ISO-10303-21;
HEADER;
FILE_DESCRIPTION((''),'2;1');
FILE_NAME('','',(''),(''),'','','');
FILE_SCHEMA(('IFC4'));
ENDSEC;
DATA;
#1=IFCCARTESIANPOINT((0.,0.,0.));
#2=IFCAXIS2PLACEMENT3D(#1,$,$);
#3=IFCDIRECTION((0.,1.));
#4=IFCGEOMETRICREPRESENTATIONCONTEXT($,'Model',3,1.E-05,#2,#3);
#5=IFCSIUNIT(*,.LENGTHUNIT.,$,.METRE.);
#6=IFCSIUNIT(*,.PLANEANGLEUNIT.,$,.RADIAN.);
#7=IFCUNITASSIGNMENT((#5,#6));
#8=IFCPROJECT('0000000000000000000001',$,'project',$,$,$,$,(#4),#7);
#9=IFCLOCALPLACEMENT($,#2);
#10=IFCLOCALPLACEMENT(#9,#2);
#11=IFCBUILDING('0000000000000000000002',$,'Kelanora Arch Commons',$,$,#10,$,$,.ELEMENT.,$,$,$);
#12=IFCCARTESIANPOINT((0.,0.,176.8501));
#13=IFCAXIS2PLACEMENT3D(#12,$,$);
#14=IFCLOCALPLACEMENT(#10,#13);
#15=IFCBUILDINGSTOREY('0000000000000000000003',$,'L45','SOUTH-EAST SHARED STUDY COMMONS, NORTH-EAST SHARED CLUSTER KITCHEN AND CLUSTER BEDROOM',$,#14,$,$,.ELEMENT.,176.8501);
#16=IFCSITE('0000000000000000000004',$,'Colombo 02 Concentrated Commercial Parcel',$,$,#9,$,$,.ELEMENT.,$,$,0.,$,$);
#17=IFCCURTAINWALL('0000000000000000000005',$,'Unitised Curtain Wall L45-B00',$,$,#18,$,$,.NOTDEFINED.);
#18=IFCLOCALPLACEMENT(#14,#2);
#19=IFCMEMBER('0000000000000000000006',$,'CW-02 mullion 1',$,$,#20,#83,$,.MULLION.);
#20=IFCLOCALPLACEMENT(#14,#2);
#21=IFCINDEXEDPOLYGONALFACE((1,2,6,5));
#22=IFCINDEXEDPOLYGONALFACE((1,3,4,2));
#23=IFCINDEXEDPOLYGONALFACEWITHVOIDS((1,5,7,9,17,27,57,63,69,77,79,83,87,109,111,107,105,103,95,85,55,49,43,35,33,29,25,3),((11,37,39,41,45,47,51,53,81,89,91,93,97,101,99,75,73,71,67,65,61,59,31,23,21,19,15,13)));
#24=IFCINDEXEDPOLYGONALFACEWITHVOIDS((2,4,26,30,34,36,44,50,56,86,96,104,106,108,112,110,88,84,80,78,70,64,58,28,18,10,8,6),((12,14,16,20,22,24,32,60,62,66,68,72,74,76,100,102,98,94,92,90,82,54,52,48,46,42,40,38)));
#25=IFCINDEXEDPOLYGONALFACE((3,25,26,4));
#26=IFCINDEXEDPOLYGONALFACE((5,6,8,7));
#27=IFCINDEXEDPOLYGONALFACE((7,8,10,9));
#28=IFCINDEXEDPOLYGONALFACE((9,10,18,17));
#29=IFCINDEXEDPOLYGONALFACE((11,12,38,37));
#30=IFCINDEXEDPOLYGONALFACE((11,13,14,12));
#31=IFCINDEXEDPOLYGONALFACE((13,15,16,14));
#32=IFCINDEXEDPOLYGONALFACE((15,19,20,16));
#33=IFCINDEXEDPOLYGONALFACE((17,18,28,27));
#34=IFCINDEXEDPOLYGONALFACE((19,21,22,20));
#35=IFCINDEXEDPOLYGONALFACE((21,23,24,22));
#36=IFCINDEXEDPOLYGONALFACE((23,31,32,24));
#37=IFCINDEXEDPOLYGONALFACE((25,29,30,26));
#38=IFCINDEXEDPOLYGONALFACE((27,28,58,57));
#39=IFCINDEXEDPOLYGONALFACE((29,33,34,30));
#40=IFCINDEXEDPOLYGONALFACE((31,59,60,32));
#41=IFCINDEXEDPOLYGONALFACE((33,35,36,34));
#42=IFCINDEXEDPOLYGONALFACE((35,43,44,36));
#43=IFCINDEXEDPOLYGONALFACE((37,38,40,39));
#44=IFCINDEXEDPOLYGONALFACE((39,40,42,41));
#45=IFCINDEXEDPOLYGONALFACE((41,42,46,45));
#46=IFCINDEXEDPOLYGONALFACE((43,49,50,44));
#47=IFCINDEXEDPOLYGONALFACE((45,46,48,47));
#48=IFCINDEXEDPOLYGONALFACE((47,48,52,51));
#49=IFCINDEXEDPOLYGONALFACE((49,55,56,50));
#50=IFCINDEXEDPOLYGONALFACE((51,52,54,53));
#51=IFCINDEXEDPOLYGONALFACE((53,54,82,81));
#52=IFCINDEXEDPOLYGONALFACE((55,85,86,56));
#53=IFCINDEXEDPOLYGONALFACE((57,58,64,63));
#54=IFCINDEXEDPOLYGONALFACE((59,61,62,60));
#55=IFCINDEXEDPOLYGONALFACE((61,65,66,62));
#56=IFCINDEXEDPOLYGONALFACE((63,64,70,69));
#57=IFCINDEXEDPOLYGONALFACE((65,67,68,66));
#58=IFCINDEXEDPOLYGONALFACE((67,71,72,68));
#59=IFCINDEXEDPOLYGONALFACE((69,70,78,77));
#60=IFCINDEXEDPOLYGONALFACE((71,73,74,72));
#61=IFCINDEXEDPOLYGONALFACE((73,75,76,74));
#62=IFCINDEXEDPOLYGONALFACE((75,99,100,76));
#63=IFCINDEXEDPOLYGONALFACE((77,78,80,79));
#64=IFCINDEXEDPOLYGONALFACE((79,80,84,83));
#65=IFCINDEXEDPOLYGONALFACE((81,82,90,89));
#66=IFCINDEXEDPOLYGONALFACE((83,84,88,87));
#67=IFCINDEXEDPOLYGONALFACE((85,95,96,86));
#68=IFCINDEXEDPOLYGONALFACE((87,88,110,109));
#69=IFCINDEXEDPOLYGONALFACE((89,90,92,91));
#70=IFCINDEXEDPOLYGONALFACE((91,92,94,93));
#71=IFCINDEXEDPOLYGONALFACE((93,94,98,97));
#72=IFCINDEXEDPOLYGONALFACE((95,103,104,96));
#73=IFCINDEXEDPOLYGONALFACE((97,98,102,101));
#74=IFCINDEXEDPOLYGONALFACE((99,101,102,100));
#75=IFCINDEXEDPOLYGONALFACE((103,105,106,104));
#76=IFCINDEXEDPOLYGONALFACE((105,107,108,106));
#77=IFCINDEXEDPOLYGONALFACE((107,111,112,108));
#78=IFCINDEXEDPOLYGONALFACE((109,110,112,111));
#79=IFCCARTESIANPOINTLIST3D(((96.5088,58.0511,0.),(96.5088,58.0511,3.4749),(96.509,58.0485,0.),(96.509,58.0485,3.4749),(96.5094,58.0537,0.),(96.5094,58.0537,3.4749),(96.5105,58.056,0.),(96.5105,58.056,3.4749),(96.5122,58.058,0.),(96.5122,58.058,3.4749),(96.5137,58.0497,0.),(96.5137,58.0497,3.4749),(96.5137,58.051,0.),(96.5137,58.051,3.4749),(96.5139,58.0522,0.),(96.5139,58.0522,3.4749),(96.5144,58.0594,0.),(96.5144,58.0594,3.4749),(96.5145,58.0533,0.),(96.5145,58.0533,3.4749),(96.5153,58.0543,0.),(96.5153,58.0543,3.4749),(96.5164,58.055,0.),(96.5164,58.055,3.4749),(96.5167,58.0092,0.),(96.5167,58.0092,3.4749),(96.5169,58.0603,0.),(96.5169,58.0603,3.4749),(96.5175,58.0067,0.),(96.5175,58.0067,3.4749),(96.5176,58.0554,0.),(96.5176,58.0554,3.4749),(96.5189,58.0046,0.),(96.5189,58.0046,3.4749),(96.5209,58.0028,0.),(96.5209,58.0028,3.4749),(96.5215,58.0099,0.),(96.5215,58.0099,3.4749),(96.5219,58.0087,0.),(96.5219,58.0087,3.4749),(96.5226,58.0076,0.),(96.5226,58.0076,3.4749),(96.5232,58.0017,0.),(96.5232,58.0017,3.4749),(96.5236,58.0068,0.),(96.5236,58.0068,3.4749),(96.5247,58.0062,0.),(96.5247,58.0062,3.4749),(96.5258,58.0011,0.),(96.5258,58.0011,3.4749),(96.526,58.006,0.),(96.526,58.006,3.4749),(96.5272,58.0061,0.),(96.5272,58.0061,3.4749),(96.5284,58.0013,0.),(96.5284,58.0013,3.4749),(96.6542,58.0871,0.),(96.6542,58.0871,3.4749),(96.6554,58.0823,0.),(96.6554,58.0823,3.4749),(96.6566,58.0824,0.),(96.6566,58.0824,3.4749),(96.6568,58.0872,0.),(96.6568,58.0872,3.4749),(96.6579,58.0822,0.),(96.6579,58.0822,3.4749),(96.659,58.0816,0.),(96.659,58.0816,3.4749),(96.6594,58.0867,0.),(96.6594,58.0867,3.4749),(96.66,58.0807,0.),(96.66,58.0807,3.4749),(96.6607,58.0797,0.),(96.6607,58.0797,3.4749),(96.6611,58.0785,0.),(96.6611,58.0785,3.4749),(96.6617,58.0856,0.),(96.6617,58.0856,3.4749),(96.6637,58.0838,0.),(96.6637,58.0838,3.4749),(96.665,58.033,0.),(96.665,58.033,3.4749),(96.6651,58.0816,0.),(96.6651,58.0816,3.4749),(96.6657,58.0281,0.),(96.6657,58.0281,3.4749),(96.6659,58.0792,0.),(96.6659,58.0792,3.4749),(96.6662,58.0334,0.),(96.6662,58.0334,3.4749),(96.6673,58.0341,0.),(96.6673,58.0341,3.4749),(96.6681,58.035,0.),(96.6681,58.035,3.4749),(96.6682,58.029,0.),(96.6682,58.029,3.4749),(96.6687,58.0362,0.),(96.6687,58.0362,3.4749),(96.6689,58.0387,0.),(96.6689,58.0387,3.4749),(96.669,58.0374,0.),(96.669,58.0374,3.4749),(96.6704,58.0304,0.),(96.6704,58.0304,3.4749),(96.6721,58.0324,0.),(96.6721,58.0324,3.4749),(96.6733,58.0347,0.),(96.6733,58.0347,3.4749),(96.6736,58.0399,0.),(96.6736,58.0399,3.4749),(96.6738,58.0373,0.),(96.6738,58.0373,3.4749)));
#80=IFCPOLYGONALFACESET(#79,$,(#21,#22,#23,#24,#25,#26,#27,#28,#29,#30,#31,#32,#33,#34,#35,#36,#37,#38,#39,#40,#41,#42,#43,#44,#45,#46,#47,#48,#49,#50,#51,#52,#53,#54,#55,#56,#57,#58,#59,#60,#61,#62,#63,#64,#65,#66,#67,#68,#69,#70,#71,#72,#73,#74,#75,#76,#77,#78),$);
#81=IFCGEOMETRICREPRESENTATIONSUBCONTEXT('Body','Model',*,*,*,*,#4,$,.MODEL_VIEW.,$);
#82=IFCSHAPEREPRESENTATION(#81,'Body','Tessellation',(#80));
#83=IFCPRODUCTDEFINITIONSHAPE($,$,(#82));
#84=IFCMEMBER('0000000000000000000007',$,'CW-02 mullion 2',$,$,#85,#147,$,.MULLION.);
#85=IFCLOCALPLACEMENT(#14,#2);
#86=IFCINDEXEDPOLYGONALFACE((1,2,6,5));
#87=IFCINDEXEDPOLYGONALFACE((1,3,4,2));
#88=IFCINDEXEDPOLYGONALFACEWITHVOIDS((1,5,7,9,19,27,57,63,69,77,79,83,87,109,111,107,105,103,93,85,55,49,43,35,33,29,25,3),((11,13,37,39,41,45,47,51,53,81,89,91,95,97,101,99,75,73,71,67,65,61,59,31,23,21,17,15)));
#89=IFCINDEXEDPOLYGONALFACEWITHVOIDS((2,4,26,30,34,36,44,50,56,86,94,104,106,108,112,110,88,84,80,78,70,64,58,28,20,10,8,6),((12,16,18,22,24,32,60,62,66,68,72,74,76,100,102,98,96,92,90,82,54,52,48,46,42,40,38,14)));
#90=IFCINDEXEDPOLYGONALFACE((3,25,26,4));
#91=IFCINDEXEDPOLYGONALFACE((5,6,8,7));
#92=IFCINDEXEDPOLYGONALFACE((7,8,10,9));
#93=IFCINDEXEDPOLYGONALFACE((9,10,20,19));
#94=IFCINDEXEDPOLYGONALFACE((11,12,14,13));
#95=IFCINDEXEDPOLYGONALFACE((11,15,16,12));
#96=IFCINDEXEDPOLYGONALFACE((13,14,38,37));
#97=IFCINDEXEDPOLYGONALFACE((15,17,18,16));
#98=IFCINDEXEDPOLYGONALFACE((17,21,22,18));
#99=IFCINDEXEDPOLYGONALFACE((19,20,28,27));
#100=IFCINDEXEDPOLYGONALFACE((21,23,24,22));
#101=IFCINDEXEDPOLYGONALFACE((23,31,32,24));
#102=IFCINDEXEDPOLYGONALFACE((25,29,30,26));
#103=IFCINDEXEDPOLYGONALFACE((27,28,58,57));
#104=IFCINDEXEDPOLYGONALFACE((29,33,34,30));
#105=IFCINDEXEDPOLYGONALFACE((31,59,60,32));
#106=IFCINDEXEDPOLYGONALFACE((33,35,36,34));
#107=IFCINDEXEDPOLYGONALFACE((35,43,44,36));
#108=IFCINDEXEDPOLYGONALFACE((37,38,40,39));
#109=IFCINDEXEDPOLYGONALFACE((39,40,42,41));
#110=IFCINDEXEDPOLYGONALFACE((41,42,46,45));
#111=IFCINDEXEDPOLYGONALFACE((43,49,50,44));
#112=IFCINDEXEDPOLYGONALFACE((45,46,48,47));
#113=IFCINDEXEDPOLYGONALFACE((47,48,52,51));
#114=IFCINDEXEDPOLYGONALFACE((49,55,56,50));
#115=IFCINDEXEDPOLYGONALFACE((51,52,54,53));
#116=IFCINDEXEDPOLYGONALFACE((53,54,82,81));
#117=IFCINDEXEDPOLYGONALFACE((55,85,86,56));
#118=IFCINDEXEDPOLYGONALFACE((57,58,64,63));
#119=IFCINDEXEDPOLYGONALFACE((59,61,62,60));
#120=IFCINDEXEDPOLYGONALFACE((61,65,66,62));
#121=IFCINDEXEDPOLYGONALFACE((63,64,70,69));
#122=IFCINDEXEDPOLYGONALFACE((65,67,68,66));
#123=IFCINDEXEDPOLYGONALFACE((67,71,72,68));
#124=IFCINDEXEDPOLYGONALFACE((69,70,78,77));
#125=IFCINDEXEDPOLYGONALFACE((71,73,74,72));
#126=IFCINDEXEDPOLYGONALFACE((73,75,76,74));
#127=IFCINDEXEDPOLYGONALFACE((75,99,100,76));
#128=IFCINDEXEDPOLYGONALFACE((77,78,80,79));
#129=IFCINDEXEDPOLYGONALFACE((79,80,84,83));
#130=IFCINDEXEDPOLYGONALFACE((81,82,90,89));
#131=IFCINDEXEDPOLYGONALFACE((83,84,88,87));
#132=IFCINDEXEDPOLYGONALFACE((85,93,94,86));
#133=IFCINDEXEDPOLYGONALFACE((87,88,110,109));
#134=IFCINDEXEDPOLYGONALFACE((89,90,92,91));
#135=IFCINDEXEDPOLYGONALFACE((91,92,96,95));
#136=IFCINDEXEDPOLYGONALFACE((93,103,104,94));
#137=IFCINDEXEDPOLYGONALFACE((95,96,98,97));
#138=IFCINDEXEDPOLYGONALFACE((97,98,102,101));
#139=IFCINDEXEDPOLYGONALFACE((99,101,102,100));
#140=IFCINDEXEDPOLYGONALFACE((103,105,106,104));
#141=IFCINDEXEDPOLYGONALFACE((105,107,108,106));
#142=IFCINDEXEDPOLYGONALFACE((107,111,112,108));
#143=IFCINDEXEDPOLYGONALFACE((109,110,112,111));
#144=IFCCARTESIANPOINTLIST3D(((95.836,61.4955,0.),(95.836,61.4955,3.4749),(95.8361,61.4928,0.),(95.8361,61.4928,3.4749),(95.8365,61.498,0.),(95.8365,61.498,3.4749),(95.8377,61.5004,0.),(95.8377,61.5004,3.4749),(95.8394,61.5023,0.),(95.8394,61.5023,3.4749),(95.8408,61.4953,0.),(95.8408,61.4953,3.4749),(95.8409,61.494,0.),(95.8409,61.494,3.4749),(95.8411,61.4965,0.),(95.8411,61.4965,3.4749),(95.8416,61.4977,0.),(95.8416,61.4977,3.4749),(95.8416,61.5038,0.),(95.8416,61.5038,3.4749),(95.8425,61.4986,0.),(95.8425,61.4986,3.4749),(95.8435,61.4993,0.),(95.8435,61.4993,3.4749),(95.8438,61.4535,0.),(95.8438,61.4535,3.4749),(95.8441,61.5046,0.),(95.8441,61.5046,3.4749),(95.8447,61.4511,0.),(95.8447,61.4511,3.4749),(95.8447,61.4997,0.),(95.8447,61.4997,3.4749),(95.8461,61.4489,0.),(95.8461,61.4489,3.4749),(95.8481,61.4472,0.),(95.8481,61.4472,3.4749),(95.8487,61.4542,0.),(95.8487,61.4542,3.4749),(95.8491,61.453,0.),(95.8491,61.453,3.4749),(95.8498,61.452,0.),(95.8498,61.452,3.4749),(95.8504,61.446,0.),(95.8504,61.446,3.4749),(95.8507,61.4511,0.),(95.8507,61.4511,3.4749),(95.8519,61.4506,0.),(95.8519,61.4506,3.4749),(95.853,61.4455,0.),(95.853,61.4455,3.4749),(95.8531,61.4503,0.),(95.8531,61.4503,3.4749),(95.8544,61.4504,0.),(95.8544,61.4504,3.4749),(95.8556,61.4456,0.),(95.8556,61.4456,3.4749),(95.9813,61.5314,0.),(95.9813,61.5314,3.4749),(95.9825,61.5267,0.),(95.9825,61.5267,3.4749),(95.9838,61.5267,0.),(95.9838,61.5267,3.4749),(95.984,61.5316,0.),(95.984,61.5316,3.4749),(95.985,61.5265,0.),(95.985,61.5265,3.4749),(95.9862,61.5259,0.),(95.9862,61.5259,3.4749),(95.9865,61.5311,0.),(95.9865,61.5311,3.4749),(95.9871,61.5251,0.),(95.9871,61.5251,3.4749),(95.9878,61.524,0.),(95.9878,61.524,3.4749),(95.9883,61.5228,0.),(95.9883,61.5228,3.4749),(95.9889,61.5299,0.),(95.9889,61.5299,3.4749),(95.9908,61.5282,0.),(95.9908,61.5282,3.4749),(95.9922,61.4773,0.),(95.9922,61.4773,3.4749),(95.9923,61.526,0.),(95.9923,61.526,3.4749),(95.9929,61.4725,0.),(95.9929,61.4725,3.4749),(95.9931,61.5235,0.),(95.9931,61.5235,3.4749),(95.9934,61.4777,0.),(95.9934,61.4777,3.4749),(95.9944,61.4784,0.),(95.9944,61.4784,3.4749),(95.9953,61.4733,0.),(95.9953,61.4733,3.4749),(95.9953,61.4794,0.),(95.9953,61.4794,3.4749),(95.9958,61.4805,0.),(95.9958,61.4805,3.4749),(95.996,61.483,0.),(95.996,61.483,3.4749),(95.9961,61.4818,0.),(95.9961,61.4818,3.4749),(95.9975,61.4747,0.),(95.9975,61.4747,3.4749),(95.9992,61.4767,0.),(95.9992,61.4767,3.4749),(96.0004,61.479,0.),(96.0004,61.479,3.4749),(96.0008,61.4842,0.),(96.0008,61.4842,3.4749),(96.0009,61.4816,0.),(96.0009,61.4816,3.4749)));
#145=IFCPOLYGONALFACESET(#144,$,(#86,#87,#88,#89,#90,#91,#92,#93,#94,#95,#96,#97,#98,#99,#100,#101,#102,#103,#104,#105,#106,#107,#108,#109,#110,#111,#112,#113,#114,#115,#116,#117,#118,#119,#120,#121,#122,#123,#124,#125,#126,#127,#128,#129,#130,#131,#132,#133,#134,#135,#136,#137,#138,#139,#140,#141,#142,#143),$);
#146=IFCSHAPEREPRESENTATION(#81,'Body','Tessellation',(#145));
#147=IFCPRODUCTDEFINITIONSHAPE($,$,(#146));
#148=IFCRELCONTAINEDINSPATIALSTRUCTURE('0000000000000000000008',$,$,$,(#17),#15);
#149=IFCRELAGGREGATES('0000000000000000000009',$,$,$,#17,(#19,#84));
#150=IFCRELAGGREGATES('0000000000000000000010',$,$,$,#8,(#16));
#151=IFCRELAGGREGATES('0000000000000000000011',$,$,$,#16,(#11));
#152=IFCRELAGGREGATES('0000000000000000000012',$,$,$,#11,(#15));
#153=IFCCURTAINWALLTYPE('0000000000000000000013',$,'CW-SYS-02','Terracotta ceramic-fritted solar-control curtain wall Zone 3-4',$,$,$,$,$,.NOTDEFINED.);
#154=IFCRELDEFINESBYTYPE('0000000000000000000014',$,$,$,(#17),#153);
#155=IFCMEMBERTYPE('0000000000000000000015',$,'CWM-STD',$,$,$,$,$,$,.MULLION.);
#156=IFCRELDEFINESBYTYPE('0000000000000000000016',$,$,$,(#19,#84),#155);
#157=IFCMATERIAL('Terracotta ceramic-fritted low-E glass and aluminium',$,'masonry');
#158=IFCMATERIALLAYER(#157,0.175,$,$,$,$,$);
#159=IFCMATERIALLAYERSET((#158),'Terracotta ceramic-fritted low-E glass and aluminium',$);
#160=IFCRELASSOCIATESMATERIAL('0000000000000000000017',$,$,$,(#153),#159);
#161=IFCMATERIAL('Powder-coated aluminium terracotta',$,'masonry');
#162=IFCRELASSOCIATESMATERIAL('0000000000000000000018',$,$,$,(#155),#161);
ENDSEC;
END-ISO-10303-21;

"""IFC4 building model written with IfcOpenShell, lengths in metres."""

from ifc_helpers import new_model, si_unit, direction, frame, origin, origin_2d, place, context, subcontext, project, spatial, hollow_rectangle, extrude, material, layer, layer_set, material_profile, profile_set, type_object, element, aggregate, save


model = new_model("IFC4")

# Units and contexts
model_context = context("Model", 3, precision=1e-05, world=origin(), true_north=direction((0.0, 1.0)))
body_context = subcontext(model_context, "Body", "Model", "MODEL_VIEW")
ifc_project = project(units=[si_unit("LENGTHUNIT", "METRE"), si_unit("PLANEANGLEUNIT", "RADIAN")], contexts=[model_context])

# Site, building, storey
site_placement = place(None, origin())
site = spatial("IfcSite", under=ifc_project, at=site_placement, Name="Colombo 02 Concentrated Commercial Parcel", CompositionType="ELEMENT", RefElevation=0.0)
building_placement = place(site_placement, origin())
building = spatial("IfcBuilding", under=site, at=building_placement, Name="Kelanora Arch Commons", CompositionType="ELEMENT")
storey_placement = place(building_placement, frame((0.0, 0.0, 176.8501)))
storey = spatial("IfcBuildingStorey", under=building, at=storey_placement, Name="L45", Description="SOUTH-EAST SHARED STUDY COMMONS, NORTH-EAST SHARED CLUSTER KITCHEN AND CLUSTER BEDROOM", CompositionType="ELEMENT", Elevation=176.8501)

# Curtain wall, members
ifc_material_1 = material(Name="Terracotta ceramic-fritted low-E glass and aluminium", Category="masonry")
ifc_layer_1 = layer(ifc_material_1, 0.175)
ifc_layer_set_1 = layer_set([ifc_layer_1], Name="Terracotta ceramic-fritted low-E glass and aluminium")
curtain_wall_type = type_object("IfcCurtainWallType", Name="CW-SYS-02", Description="Terracotta ceramic-fritted solar-control curtain wall Zone 3-4", PredefinedType="NOTDEFINED", material=ifc_layer_set_1)
curtain_wall_placement = place(storey_placement, origin())
curtain_wall = element("IfcCurtainWall", 1, at=curtain_wall_placement, inside=storey, type_object=curtain_wall_type, Name="Unitised Curtain Wall L45-B00", PredefinedType="NOTDEFINED")
ifc_material_2 = material(Name="Powder-coated aluminium terracotta", Category="masonry")
ifc_material_profile_1 = material_profile(ifc_material_2, hollow_rectangle(XDim=0.1599, YDim=0.0601, WallThickness=0.0049, InnerFilletRadius=0.0049, OuterFilletRadius=0.01, at=origin_2d()), Name="CWM160x60")
ifc_profile_set_1 = profile_set([ifc_material_profile_1], Name="Powder-coated aluminium terracotta")
member_type_1 = type_object("IfcMemberType", Name="CWM-STD", PredefinedType="MULLION", material=ifc_profile_set_1)
member_1_placement = place(storey_placement, frame((96.5913, 58.0442, 0.0), z_axis=(0.0, 0.0, 1.0), x_axis=(-0.981453, -0.191705, 0.0)))
member_1 = element("IfcMember", 2, at=member_1_placement, type_object=member_type_1, Name="CW-02 mullion 1", PredefinedType="MULLION", context=body_context, shape_type="SweptSolid", body=[
    extrude(hollow_rectangle(XDim=0.1599, YDim=0.0601, WallThickness=0.0049, InnerFilletRadius=0.0049, OuterFilletRadius=0.01, at=origin_2d()), origin(), (0.0, 0.0, 1.0), 3.4749),
])
member_2_placement = place(storey_placement, frame((95.9185, 61.4885, 0.0), z_axis=(0.0, 0.0, 1.0), x_axis=(-0.981453, -0.191705, 0.0)))
member_2 = element("IfcMember", 3, at=member_2_placement, type_object=member_type_1, Name="CW-02 mullion 2", PredefinedType="MULLION", context=body_context, shape_type="SweptSolid", body=[
    extrude(hollow_rectangle(XDim=0.1599, YDim=0.0601, WallThickness=0.0049, InnerFilletRadius=0.0049, OuterFilletRadius=0.01, at=origin_2d()), origin(), (0.0, 0.0, 1.0), 3.4749),
])
aggregate(curtain_wall, [member_1, member_2])

save(model, "model.ifc")
